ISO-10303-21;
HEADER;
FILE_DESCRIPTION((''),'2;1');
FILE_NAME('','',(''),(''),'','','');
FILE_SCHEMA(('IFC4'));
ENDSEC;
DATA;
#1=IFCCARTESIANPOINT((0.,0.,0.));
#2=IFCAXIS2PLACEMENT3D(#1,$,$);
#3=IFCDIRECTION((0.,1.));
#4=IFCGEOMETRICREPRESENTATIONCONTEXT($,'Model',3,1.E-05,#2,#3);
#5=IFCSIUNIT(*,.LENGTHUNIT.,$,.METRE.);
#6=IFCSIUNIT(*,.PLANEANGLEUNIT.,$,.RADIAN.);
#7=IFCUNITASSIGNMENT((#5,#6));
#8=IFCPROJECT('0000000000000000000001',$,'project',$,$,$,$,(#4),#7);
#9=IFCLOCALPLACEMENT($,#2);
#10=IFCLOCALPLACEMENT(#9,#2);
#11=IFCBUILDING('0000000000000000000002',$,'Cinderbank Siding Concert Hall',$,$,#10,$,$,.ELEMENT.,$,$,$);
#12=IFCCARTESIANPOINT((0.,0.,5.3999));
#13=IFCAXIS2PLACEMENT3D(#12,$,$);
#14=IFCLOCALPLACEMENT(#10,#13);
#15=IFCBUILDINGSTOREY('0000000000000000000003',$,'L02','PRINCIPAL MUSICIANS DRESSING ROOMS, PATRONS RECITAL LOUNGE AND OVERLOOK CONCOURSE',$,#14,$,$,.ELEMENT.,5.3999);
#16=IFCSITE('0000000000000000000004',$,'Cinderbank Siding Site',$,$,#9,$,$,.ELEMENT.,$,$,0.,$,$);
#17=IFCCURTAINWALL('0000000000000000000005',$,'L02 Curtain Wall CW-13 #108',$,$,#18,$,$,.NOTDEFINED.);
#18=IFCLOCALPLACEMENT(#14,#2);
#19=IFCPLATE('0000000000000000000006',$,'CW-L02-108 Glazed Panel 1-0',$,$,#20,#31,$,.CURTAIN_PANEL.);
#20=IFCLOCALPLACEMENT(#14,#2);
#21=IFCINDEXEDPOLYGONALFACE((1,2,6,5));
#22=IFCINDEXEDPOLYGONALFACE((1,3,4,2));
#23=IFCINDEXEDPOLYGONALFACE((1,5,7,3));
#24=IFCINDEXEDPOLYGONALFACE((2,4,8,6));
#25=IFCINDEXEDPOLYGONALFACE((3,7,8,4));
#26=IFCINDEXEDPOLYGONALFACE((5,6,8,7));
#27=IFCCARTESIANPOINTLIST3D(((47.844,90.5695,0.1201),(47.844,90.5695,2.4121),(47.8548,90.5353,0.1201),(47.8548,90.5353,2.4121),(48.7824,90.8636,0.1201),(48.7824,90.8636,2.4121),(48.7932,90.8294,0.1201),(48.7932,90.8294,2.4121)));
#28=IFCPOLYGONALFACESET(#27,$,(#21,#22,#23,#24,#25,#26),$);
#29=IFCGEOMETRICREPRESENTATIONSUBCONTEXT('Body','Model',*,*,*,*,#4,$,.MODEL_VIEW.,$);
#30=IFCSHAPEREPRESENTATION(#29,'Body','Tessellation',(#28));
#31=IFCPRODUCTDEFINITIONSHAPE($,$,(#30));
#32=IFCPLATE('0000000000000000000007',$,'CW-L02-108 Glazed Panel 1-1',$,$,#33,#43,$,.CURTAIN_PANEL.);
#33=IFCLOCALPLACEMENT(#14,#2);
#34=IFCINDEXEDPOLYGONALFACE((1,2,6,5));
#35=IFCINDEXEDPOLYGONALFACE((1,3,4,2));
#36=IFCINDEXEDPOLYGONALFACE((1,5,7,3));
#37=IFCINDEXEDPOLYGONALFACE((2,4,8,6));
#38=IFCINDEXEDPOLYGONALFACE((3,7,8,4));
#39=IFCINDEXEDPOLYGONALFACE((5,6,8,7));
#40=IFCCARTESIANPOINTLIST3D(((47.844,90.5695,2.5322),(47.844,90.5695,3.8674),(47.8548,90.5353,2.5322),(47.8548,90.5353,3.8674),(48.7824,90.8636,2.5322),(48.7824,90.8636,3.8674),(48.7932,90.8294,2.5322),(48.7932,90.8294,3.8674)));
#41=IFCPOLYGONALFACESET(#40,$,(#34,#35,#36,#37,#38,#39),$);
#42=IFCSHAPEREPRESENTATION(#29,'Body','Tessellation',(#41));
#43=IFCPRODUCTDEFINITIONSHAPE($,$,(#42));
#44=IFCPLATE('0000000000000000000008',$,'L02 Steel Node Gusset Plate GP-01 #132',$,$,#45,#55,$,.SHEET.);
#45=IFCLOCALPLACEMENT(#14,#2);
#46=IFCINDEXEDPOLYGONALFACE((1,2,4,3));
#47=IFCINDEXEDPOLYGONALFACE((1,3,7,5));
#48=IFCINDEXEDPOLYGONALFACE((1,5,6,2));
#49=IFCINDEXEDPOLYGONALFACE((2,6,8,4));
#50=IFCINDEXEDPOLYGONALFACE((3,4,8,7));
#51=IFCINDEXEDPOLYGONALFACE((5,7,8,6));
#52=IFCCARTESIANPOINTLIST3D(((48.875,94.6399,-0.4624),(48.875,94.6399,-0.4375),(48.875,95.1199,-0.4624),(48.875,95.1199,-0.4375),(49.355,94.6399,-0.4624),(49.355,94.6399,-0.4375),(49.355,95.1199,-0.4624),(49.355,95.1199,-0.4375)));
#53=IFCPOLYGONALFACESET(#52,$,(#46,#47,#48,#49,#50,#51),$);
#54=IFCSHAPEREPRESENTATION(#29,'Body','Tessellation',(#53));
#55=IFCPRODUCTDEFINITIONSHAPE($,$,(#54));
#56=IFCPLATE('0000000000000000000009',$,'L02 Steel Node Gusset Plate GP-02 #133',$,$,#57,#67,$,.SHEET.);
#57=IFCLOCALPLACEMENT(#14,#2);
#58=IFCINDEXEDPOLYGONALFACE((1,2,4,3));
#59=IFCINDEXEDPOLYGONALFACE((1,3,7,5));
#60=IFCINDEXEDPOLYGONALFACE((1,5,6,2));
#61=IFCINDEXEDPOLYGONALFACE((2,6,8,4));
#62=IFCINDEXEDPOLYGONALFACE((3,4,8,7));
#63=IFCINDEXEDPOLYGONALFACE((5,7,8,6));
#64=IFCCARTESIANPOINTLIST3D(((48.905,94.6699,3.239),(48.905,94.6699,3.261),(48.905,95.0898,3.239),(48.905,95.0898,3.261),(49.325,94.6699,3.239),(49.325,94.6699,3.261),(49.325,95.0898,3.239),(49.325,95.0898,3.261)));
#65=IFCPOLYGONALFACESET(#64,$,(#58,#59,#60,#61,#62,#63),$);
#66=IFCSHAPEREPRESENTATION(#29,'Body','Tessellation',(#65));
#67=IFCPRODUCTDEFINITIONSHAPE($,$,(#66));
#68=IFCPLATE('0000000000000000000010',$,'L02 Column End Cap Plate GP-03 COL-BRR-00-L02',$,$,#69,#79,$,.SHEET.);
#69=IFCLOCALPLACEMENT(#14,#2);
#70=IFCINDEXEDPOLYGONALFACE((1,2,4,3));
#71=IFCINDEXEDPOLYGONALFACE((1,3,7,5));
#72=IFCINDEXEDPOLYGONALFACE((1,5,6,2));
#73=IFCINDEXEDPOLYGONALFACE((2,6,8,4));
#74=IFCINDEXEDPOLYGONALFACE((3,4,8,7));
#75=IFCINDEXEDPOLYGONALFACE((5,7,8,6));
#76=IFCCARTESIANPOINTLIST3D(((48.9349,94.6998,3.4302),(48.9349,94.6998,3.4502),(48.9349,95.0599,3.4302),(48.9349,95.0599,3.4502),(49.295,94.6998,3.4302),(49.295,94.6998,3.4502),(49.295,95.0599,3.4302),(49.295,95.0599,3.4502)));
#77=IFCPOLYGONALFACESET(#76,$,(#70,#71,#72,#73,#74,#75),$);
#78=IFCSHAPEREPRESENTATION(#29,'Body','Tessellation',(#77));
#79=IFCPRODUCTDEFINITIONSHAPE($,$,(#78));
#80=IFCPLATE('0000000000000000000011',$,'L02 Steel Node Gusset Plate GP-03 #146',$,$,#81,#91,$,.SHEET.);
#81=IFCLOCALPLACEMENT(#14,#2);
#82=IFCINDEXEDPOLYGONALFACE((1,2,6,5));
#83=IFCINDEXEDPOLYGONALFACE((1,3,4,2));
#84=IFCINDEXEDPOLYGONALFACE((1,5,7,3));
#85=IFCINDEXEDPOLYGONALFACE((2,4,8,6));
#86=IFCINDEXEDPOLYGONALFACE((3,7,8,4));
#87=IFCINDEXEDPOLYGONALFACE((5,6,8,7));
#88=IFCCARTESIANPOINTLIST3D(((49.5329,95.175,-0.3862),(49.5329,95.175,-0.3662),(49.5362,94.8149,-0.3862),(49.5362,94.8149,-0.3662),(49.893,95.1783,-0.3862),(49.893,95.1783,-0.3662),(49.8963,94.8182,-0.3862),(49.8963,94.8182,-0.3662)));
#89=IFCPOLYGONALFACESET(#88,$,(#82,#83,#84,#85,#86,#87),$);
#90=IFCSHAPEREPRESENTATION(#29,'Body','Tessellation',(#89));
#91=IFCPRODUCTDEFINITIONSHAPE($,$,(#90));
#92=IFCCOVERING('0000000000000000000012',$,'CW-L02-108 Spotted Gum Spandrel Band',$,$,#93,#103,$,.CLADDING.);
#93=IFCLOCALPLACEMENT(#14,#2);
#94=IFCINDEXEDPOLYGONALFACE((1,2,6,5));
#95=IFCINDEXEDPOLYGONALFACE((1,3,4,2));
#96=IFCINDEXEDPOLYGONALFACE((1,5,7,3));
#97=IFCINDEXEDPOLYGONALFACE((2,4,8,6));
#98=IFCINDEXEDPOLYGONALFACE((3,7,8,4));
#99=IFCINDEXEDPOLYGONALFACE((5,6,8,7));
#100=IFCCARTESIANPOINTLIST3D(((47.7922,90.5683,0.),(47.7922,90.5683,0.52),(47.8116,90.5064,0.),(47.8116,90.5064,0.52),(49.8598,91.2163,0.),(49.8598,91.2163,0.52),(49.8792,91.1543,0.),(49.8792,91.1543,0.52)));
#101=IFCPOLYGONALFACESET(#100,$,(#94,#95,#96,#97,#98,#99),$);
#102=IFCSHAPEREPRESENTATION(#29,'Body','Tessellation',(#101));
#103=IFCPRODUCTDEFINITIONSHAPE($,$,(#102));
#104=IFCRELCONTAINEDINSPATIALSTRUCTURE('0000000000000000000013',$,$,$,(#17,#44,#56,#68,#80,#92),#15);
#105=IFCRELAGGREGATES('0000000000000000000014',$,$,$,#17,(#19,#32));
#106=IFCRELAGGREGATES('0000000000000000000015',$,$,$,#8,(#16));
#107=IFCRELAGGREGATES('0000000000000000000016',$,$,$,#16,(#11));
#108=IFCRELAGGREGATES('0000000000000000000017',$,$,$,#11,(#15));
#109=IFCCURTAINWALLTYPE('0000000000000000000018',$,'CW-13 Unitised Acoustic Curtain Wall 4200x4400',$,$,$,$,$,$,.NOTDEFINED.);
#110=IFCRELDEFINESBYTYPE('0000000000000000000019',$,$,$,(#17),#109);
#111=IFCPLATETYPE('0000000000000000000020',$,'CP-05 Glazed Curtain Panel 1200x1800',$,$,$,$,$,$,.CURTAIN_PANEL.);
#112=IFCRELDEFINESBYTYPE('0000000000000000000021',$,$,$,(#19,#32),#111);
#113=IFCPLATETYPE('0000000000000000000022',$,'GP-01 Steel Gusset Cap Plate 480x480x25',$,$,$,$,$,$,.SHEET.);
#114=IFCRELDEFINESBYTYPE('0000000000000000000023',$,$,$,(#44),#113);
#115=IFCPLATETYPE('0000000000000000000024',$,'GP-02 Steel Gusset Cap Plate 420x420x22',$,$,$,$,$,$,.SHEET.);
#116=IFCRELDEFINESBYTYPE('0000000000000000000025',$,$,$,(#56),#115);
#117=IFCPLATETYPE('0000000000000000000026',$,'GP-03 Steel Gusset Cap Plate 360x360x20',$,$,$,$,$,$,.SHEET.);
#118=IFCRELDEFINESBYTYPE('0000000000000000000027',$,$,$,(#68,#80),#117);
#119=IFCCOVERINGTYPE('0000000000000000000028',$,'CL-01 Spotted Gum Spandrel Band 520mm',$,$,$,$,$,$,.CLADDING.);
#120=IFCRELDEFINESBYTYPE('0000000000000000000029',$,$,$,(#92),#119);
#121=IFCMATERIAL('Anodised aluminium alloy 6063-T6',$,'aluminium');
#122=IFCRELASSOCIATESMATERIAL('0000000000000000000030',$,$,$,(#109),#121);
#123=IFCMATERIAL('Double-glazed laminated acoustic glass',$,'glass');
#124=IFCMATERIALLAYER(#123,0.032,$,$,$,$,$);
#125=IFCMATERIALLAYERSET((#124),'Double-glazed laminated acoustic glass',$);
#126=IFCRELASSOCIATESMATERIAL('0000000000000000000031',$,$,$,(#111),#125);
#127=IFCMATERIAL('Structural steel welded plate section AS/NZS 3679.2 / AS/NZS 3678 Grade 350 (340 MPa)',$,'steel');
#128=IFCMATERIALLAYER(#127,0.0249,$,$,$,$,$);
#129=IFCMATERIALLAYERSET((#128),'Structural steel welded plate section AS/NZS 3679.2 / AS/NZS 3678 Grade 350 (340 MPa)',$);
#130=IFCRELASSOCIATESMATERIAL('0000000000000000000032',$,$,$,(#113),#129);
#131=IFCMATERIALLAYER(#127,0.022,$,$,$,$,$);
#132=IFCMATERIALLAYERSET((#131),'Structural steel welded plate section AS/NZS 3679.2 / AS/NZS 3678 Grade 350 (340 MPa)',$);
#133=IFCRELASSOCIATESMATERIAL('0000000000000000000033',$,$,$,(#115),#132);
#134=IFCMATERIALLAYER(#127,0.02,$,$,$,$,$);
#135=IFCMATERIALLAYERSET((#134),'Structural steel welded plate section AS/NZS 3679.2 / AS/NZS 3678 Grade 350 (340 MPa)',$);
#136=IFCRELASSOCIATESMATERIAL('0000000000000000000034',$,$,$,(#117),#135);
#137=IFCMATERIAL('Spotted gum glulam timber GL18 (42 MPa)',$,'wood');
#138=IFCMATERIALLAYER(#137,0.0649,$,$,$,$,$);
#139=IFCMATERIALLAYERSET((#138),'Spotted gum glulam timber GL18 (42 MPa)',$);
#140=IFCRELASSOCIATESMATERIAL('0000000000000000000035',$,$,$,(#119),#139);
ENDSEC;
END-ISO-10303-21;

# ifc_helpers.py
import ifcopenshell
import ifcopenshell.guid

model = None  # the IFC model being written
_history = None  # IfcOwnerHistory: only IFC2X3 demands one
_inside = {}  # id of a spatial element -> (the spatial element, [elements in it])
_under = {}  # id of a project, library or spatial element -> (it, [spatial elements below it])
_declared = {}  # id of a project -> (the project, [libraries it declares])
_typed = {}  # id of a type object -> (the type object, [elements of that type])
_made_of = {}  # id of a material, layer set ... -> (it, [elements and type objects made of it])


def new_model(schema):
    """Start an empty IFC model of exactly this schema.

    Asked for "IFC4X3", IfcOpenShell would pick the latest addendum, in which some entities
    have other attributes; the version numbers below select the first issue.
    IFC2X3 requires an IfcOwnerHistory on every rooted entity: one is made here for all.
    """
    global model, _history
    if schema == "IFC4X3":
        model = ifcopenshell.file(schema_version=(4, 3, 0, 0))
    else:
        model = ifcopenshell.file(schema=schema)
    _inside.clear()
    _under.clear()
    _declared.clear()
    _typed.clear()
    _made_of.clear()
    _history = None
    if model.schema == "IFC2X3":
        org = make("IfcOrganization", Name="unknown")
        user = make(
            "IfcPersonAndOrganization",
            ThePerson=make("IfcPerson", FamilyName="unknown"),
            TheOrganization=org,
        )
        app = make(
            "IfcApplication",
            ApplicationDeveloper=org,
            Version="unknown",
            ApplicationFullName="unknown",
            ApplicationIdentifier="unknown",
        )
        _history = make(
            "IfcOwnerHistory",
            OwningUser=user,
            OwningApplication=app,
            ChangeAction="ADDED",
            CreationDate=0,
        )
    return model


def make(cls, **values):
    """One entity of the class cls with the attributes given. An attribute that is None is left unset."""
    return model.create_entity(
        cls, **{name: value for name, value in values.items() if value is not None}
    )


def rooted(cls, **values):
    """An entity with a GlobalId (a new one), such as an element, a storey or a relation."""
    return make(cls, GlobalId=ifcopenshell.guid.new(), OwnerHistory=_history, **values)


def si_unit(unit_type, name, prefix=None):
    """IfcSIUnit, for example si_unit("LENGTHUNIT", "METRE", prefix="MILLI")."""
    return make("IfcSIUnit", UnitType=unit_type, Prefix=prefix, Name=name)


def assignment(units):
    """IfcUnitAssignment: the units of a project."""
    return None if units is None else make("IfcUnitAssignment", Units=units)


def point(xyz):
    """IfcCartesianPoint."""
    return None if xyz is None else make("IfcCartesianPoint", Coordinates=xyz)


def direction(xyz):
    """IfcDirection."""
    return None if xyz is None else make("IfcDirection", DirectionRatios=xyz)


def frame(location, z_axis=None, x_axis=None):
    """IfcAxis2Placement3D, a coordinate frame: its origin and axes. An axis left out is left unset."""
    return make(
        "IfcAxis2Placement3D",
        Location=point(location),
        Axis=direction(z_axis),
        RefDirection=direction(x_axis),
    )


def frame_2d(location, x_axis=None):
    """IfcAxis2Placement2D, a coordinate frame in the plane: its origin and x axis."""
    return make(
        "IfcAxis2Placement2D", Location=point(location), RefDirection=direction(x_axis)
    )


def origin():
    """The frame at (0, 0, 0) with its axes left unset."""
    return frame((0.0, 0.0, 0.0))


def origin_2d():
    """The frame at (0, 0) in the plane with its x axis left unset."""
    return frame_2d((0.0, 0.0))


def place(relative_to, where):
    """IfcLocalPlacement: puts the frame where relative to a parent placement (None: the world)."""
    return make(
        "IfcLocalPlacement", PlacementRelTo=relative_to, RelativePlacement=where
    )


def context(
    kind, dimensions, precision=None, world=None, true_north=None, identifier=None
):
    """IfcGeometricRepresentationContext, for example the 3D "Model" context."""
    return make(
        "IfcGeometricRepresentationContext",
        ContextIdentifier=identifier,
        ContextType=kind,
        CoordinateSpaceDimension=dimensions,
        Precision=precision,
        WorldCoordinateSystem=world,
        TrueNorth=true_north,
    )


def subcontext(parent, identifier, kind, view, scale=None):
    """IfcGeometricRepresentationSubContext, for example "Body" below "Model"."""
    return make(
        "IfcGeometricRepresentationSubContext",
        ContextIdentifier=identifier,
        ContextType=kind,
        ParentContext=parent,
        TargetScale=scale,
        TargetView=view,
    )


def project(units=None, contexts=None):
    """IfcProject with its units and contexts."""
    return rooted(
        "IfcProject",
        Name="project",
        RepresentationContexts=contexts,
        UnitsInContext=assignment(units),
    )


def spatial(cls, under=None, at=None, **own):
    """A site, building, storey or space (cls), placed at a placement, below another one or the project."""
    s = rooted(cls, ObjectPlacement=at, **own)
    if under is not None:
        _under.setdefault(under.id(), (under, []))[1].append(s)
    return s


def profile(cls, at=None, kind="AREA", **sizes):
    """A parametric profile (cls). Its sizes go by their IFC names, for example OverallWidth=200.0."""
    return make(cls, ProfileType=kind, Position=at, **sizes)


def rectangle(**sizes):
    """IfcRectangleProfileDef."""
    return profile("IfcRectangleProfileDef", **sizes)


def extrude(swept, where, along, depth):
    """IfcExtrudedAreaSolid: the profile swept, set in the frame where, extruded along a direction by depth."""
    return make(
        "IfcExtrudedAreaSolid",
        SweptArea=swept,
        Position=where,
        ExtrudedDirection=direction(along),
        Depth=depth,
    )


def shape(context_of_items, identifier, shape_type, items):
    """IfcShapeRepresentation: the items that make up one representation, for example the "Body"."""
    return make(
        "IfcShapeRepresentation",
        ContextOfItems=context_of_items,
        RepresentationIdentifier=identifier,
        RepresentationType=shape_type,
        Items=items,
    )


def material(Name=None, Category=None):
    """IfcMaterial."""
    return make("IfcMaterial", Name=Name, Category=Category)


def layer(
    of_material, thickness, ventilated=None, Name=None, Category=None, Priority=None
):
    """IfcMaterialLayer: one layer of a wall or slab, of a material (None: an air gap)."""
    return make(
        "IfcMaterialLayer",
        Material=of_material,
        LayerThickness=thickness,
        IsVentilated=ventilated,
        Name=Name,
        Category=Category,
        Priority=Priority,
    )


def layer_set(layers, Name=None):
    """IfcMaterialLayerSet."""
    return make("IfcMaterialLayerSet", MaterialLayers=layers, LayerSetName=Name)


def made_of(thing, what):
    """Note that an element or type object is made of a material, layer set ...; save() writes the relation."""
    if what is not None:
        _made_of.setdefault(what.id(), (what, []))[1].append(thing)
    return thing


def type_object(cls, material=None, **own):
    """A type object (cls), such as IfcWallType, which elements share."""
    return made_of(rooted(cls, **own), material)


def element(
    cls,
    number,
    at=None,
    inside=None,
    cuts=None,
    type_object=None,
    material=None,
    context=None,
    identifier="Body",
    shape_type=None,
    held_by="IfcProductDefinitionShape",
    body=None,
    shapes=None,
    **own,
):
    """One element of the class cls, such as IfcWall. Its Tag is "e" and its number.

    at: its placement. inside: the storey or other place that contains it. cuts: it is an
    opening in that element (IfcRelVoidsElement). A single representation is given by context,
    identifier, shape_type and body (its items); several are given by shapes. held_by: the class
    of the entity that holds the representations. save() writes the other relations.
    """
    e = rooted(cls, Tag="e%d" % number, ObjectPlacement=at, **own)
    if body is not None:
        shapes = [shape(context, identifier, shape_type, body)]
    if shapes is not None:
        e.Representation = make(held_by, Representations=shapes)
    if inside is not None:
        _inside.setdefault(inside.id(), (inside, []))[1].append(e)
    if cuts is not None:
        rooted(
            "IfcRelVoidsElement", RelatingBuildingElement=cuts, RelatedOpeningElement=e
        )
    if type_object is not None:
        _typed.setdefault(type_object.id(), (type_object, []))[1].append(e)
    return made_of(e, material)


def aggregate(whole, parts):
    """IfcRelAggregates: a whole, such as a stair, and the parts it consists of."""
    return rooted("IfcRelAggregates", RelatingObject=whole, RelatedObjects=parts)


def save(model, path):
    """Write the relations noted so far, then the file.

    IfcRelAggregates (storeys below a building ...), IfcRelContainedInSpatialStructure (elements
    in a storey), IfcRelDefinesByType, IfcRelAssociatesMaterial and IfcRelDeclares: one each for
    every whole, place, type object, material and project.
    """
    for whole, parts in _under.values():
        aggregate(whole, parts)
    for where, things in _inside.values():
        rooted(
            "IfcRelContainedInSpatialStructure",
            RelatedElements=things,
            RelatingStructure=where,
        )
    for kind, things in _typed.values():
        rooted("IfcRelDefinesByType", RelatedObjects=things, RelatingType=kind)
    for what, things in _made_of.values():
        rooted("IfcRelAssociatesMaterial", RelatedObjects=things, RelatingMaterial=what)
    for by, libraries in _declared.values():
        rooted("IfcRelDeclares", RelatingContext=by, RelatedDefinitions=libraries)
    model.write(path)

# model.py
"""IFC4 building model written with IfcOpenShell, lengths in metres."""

from ifc_helpers import new_model, si_unit, direction, frame, origin, origin_2d, place, context, subcontext, project, spatial, rectangle, extrude, material, layer, layer_set, type_object, element, aggregate, save


model = new_model("IFC4")

# Units and contexts
model_context = context("Model", 3, precision=1e-05, world=origin(), true_north=direction((0.0, 1.0)))
body_context = subcontext(model_context, "Body", "Model", "MODEL_VIEW")
ifc_project = project(units=[si_unit("LENGTHUNIT", "METRE"), si_unit("PLANEANGLEUNIT", "RADIAN")], contexts=[model_context])

# Site, building, storey
site_placement = place(None, origin())
site = spatial("IfcSite", under=ifc_project, at=site_placement, Name="Cinderbank Siding Site", CompositionType="ELEMENT", RefElevation=0.0)
building_placement = place(site_placement, origin())
building = spatial("IfcBuilding", under=site, at=building_placement, Name="Cinderbank Siding Concert Hall", CompositionType="ELEMENT")
storey_placement = place(building_placement, frame((0.0, 0.0, 5.3999)))
storey = spatial("IfcBuildingStorey", under=building, at=storey_placement, Name="L02", Description="PRINCIPAL MUSICIANS DRESSING ROOMS, PATRONS RECITAL LOUNGE AND OVERLOOK CONCOURSE", CompositionType="ELEMENT", Elevation=5.3999)

# Shared definitions
ifc_material_1 = material(Name="Structural steel welded plate section AS/NZS 3679.2 / AS/NZS 3678 Grade 350 (340 MPa)", Category="steel")

# Curtain wall
ifc_material_2 = material(Name="Anodised aluminium alloy 6063-T6", Category="aluminium")
curtain_wall_type = type_object("IfcCurtainWallType", Name="CW-13 Unitised Acoustic Curtain Wall 4200x4400", PredefinedType="NOTDEFINED", material=ifc_material_2)
curtain_wall_placement = place(storey_placement, origin())
curtain_wall = element("IfcCurtainWall", 1, at=curtain_wall_placement, inside=storey, type_object=curtain_wall_type, Name="L02 Curtain Wall CW-13 #108", PredefinedType="NOTDEFINED")

# Shared definitions
ifc_material_3 = material(Name="Spotted gum glulam timber GL18 (42 MPa)", Category="wood")

# Plates
ifc_material_4 = material(Name="Double-glazed laminated acoustic glass", Category="glass")
ifc_layer_1 = layer(ifc_material_4, 0.032)
ifc_layer_set_1 = layer_set([ifc_layer_1], Name="Double-glazed laminated acoustic glass")
plate_type_1 = type_object("IfcPlateType", Name="CP-05 Glazed Curtain Panel 1200x1800", PredefinedType="CURTAIN_PANEL", material=ifc_layer_set_1)
plate_1_placement = place(storey_placement, frame((48.3186, 90.6995, 0.1201), z_axis=(0.0, 0.0, 1.0), x_axis=(-0.95424, -0.299041, 0.0)))
plate_1 = element("IfcPlate", 2, at=plate_1_placement, type_object=plate_type_1, Name="CW-L02-108 Glazed Panel 1-0", PredefinedType="CURTAIN_PANEL", context=body_context, shape_type="SweptSolid", body=[
    extrude(rectangle(XDim=0.9834, YDim=0.0359, at=origin_2d()), origin(), (0.0, 0.0, 1.0), 2.292),
])
plate_2_placement = place(storey_placement, frame((48.3186, 90.6995, 2.5322), z_axis=(0.0, 0.0, 1.0), x_axis=(-0.95424, -0.299041, 0.0)))
plate_2 = element("IfcPlate", 3, at=plate_2_placement, type_object=plate_type_1, Name="CW-L02-108 Glazed Panel 1-1", PredefinedType="CURTAIN_PANEL", context=body_context, shape_type="SweptSolid", body=[
    extrude(rectangle(XDim=0.9834, YDim=0.0359, at=origin_2d()), origin(), (0.0, 0.0, 1.0), 1.3352),
])
aggregate(curtain_wall, [plate_1, plate_2])

# Plates
ifc_layer_2 = layer(ifc_material_1, 0.0249)
ifc_layer_set_2 = layer_set([ifc_layer_2], Name="Structural steel welded plate section AS/NZS 3679.2 / AS/NZS 3678 Grade 350 (340 MPa)")
plate_type_2 = type_object("IfcPlateType", Name="GP-01 Steel Gusset Cap Plate 480x480x25", PredefinedType="SHEET", material=ifc_layer_set_2)
plate_3_placement = place(storey_placement, frame((49.115, 94.8799, -0.4624), z_axis=(0.0, 0.0, 1.0), x_axis=(1.0, 0.0, 0.0)))
element("IfcPlate", 4, at=plate_3_placement, inside=storey, type_object=plate_type_2, Name="L02 Steel Node Gusset Plate GP-01 #132", PredefinedType="SHEET", context=body_context, shape_type="SweptSolid", body=[
    extrude(rectangle(XDim=0.48, YDim=0.48, at=origin_2d()), origin(), (0.0, 0.0, 1.0), 0.0249),
])
ifc_layer_3 = layer(ifc_material_1, 0.022)
ifc_layer_set_3 = layer_set([ifc_layer_3], Name="Structural steel welded plate section AS/NZS 3679.2 / AS/NZS 3678 Grade 350 (340 MPa)")
plate_type_3 = type_object("IfcPlateType", Name="GP-02 Steel Gusset Cap Plate 420x420x22", PredefinedType="SHEET", material=ifc_layer_set_3)
plate_4_placement = place(storey_placement, frame((49.115, 94.8799, 3.239), z_axis=(0.0, 0.0, 1.0), x_axis=(1.0, 0.0, 0.0)))
element("IfcPlate", 5, at=plate_4_placement, inside=storey, type_object=plate_type_3, Name="L02 Steel Node Gusset Plate GP-02 #133", PredefinedType="SHEET", context=body_context, shape_type="SweptSolid", body=[
    extrude(rectangle(XDim=0.4199, YDim=0.4199, at=origin_2d()), origin(), (0.0, 0.0, 1.0), 0.022),
])
ifc_layer_4 = layer(ifc_material_1, 0.02)
ifc_layer_set_4 = layer_set([ifc_layer_4], Name="Structural steel welded plate section AS/NZS 3679.2 / AS/NZS 3678 Grade 350 (340 MPa)")
plate_type_4 = type_object("IfcPlateType", Name="GP-03 Steel Gusset Cap Plate 360x360x20", PredefinedType="SHEET", material=ifc_layer_set_4)
for number, where, z_axis, x_axis, name in (
    (6, (49.115, 94.8799, 3.4302), (0.0, 0.0, 1.0), (1.0, 0.0, 0.0), "L02 Column End Cap Plate GP-03 COL-BRR-00-L02"),
    (7, (49.7146, 94.9966, -0.3862), (0.0, 0.0, 1.0), (-0.009076, 0.999959, 0.0), "L02 Steel Node Gusset Plate GP-03 #146"),
):
    element("IfcPlate", number, at=place(storey_placement, frame(where, z_axis=z_axis, x_axis=x_axis)), inside=storey, type_object=plate_type_4, Name=name, PredefinedType="SHEET", context=body_context, shape_type="SweptSolid", body=[
        extrude(rectangle(XDim=0.3601, YDim=0.3601, at=origin_2d()), origin(), (0.0, 0.0, 1.0), 0.02),
    ])

# Covering
ifc_layer_5 = layer(ifc_material_3, 0.0649)
ifc_layer_set_5 = layer_set([ifc_layer_5], Name="Spotted gum glulam timber GL18 (42 MPa)")
covering_type = type_object("IfcCoveringType", Name="CL-01 Spotted Gum Spandrel Band 520mm", PredefinedType="CLADDING", material=ifc_layer_set_5)
covering_placement = place(storey_placement, frame((48.8357, 90.8613, 0.0), z_axis=(0.0, 0.0, 1.0), x_axis=(-0.95424, -0.299041, 0.0)))
element("IfcCovering", 8, at=covering_placement, inside=storey, type_object=covering_type, Name="CW-L02-108 Spotted Gum Spandrel Band", PredefinedType="CLADDING", context=body_context, shape_type="SweptSolid", body=[
    extrude(rectangle(XDim=2.1667, YDim=0.0649, at=origin_2d()), origin(), (0.0, 0.0, 1.0), 0.52),
])

save(model, "model.ifc")
